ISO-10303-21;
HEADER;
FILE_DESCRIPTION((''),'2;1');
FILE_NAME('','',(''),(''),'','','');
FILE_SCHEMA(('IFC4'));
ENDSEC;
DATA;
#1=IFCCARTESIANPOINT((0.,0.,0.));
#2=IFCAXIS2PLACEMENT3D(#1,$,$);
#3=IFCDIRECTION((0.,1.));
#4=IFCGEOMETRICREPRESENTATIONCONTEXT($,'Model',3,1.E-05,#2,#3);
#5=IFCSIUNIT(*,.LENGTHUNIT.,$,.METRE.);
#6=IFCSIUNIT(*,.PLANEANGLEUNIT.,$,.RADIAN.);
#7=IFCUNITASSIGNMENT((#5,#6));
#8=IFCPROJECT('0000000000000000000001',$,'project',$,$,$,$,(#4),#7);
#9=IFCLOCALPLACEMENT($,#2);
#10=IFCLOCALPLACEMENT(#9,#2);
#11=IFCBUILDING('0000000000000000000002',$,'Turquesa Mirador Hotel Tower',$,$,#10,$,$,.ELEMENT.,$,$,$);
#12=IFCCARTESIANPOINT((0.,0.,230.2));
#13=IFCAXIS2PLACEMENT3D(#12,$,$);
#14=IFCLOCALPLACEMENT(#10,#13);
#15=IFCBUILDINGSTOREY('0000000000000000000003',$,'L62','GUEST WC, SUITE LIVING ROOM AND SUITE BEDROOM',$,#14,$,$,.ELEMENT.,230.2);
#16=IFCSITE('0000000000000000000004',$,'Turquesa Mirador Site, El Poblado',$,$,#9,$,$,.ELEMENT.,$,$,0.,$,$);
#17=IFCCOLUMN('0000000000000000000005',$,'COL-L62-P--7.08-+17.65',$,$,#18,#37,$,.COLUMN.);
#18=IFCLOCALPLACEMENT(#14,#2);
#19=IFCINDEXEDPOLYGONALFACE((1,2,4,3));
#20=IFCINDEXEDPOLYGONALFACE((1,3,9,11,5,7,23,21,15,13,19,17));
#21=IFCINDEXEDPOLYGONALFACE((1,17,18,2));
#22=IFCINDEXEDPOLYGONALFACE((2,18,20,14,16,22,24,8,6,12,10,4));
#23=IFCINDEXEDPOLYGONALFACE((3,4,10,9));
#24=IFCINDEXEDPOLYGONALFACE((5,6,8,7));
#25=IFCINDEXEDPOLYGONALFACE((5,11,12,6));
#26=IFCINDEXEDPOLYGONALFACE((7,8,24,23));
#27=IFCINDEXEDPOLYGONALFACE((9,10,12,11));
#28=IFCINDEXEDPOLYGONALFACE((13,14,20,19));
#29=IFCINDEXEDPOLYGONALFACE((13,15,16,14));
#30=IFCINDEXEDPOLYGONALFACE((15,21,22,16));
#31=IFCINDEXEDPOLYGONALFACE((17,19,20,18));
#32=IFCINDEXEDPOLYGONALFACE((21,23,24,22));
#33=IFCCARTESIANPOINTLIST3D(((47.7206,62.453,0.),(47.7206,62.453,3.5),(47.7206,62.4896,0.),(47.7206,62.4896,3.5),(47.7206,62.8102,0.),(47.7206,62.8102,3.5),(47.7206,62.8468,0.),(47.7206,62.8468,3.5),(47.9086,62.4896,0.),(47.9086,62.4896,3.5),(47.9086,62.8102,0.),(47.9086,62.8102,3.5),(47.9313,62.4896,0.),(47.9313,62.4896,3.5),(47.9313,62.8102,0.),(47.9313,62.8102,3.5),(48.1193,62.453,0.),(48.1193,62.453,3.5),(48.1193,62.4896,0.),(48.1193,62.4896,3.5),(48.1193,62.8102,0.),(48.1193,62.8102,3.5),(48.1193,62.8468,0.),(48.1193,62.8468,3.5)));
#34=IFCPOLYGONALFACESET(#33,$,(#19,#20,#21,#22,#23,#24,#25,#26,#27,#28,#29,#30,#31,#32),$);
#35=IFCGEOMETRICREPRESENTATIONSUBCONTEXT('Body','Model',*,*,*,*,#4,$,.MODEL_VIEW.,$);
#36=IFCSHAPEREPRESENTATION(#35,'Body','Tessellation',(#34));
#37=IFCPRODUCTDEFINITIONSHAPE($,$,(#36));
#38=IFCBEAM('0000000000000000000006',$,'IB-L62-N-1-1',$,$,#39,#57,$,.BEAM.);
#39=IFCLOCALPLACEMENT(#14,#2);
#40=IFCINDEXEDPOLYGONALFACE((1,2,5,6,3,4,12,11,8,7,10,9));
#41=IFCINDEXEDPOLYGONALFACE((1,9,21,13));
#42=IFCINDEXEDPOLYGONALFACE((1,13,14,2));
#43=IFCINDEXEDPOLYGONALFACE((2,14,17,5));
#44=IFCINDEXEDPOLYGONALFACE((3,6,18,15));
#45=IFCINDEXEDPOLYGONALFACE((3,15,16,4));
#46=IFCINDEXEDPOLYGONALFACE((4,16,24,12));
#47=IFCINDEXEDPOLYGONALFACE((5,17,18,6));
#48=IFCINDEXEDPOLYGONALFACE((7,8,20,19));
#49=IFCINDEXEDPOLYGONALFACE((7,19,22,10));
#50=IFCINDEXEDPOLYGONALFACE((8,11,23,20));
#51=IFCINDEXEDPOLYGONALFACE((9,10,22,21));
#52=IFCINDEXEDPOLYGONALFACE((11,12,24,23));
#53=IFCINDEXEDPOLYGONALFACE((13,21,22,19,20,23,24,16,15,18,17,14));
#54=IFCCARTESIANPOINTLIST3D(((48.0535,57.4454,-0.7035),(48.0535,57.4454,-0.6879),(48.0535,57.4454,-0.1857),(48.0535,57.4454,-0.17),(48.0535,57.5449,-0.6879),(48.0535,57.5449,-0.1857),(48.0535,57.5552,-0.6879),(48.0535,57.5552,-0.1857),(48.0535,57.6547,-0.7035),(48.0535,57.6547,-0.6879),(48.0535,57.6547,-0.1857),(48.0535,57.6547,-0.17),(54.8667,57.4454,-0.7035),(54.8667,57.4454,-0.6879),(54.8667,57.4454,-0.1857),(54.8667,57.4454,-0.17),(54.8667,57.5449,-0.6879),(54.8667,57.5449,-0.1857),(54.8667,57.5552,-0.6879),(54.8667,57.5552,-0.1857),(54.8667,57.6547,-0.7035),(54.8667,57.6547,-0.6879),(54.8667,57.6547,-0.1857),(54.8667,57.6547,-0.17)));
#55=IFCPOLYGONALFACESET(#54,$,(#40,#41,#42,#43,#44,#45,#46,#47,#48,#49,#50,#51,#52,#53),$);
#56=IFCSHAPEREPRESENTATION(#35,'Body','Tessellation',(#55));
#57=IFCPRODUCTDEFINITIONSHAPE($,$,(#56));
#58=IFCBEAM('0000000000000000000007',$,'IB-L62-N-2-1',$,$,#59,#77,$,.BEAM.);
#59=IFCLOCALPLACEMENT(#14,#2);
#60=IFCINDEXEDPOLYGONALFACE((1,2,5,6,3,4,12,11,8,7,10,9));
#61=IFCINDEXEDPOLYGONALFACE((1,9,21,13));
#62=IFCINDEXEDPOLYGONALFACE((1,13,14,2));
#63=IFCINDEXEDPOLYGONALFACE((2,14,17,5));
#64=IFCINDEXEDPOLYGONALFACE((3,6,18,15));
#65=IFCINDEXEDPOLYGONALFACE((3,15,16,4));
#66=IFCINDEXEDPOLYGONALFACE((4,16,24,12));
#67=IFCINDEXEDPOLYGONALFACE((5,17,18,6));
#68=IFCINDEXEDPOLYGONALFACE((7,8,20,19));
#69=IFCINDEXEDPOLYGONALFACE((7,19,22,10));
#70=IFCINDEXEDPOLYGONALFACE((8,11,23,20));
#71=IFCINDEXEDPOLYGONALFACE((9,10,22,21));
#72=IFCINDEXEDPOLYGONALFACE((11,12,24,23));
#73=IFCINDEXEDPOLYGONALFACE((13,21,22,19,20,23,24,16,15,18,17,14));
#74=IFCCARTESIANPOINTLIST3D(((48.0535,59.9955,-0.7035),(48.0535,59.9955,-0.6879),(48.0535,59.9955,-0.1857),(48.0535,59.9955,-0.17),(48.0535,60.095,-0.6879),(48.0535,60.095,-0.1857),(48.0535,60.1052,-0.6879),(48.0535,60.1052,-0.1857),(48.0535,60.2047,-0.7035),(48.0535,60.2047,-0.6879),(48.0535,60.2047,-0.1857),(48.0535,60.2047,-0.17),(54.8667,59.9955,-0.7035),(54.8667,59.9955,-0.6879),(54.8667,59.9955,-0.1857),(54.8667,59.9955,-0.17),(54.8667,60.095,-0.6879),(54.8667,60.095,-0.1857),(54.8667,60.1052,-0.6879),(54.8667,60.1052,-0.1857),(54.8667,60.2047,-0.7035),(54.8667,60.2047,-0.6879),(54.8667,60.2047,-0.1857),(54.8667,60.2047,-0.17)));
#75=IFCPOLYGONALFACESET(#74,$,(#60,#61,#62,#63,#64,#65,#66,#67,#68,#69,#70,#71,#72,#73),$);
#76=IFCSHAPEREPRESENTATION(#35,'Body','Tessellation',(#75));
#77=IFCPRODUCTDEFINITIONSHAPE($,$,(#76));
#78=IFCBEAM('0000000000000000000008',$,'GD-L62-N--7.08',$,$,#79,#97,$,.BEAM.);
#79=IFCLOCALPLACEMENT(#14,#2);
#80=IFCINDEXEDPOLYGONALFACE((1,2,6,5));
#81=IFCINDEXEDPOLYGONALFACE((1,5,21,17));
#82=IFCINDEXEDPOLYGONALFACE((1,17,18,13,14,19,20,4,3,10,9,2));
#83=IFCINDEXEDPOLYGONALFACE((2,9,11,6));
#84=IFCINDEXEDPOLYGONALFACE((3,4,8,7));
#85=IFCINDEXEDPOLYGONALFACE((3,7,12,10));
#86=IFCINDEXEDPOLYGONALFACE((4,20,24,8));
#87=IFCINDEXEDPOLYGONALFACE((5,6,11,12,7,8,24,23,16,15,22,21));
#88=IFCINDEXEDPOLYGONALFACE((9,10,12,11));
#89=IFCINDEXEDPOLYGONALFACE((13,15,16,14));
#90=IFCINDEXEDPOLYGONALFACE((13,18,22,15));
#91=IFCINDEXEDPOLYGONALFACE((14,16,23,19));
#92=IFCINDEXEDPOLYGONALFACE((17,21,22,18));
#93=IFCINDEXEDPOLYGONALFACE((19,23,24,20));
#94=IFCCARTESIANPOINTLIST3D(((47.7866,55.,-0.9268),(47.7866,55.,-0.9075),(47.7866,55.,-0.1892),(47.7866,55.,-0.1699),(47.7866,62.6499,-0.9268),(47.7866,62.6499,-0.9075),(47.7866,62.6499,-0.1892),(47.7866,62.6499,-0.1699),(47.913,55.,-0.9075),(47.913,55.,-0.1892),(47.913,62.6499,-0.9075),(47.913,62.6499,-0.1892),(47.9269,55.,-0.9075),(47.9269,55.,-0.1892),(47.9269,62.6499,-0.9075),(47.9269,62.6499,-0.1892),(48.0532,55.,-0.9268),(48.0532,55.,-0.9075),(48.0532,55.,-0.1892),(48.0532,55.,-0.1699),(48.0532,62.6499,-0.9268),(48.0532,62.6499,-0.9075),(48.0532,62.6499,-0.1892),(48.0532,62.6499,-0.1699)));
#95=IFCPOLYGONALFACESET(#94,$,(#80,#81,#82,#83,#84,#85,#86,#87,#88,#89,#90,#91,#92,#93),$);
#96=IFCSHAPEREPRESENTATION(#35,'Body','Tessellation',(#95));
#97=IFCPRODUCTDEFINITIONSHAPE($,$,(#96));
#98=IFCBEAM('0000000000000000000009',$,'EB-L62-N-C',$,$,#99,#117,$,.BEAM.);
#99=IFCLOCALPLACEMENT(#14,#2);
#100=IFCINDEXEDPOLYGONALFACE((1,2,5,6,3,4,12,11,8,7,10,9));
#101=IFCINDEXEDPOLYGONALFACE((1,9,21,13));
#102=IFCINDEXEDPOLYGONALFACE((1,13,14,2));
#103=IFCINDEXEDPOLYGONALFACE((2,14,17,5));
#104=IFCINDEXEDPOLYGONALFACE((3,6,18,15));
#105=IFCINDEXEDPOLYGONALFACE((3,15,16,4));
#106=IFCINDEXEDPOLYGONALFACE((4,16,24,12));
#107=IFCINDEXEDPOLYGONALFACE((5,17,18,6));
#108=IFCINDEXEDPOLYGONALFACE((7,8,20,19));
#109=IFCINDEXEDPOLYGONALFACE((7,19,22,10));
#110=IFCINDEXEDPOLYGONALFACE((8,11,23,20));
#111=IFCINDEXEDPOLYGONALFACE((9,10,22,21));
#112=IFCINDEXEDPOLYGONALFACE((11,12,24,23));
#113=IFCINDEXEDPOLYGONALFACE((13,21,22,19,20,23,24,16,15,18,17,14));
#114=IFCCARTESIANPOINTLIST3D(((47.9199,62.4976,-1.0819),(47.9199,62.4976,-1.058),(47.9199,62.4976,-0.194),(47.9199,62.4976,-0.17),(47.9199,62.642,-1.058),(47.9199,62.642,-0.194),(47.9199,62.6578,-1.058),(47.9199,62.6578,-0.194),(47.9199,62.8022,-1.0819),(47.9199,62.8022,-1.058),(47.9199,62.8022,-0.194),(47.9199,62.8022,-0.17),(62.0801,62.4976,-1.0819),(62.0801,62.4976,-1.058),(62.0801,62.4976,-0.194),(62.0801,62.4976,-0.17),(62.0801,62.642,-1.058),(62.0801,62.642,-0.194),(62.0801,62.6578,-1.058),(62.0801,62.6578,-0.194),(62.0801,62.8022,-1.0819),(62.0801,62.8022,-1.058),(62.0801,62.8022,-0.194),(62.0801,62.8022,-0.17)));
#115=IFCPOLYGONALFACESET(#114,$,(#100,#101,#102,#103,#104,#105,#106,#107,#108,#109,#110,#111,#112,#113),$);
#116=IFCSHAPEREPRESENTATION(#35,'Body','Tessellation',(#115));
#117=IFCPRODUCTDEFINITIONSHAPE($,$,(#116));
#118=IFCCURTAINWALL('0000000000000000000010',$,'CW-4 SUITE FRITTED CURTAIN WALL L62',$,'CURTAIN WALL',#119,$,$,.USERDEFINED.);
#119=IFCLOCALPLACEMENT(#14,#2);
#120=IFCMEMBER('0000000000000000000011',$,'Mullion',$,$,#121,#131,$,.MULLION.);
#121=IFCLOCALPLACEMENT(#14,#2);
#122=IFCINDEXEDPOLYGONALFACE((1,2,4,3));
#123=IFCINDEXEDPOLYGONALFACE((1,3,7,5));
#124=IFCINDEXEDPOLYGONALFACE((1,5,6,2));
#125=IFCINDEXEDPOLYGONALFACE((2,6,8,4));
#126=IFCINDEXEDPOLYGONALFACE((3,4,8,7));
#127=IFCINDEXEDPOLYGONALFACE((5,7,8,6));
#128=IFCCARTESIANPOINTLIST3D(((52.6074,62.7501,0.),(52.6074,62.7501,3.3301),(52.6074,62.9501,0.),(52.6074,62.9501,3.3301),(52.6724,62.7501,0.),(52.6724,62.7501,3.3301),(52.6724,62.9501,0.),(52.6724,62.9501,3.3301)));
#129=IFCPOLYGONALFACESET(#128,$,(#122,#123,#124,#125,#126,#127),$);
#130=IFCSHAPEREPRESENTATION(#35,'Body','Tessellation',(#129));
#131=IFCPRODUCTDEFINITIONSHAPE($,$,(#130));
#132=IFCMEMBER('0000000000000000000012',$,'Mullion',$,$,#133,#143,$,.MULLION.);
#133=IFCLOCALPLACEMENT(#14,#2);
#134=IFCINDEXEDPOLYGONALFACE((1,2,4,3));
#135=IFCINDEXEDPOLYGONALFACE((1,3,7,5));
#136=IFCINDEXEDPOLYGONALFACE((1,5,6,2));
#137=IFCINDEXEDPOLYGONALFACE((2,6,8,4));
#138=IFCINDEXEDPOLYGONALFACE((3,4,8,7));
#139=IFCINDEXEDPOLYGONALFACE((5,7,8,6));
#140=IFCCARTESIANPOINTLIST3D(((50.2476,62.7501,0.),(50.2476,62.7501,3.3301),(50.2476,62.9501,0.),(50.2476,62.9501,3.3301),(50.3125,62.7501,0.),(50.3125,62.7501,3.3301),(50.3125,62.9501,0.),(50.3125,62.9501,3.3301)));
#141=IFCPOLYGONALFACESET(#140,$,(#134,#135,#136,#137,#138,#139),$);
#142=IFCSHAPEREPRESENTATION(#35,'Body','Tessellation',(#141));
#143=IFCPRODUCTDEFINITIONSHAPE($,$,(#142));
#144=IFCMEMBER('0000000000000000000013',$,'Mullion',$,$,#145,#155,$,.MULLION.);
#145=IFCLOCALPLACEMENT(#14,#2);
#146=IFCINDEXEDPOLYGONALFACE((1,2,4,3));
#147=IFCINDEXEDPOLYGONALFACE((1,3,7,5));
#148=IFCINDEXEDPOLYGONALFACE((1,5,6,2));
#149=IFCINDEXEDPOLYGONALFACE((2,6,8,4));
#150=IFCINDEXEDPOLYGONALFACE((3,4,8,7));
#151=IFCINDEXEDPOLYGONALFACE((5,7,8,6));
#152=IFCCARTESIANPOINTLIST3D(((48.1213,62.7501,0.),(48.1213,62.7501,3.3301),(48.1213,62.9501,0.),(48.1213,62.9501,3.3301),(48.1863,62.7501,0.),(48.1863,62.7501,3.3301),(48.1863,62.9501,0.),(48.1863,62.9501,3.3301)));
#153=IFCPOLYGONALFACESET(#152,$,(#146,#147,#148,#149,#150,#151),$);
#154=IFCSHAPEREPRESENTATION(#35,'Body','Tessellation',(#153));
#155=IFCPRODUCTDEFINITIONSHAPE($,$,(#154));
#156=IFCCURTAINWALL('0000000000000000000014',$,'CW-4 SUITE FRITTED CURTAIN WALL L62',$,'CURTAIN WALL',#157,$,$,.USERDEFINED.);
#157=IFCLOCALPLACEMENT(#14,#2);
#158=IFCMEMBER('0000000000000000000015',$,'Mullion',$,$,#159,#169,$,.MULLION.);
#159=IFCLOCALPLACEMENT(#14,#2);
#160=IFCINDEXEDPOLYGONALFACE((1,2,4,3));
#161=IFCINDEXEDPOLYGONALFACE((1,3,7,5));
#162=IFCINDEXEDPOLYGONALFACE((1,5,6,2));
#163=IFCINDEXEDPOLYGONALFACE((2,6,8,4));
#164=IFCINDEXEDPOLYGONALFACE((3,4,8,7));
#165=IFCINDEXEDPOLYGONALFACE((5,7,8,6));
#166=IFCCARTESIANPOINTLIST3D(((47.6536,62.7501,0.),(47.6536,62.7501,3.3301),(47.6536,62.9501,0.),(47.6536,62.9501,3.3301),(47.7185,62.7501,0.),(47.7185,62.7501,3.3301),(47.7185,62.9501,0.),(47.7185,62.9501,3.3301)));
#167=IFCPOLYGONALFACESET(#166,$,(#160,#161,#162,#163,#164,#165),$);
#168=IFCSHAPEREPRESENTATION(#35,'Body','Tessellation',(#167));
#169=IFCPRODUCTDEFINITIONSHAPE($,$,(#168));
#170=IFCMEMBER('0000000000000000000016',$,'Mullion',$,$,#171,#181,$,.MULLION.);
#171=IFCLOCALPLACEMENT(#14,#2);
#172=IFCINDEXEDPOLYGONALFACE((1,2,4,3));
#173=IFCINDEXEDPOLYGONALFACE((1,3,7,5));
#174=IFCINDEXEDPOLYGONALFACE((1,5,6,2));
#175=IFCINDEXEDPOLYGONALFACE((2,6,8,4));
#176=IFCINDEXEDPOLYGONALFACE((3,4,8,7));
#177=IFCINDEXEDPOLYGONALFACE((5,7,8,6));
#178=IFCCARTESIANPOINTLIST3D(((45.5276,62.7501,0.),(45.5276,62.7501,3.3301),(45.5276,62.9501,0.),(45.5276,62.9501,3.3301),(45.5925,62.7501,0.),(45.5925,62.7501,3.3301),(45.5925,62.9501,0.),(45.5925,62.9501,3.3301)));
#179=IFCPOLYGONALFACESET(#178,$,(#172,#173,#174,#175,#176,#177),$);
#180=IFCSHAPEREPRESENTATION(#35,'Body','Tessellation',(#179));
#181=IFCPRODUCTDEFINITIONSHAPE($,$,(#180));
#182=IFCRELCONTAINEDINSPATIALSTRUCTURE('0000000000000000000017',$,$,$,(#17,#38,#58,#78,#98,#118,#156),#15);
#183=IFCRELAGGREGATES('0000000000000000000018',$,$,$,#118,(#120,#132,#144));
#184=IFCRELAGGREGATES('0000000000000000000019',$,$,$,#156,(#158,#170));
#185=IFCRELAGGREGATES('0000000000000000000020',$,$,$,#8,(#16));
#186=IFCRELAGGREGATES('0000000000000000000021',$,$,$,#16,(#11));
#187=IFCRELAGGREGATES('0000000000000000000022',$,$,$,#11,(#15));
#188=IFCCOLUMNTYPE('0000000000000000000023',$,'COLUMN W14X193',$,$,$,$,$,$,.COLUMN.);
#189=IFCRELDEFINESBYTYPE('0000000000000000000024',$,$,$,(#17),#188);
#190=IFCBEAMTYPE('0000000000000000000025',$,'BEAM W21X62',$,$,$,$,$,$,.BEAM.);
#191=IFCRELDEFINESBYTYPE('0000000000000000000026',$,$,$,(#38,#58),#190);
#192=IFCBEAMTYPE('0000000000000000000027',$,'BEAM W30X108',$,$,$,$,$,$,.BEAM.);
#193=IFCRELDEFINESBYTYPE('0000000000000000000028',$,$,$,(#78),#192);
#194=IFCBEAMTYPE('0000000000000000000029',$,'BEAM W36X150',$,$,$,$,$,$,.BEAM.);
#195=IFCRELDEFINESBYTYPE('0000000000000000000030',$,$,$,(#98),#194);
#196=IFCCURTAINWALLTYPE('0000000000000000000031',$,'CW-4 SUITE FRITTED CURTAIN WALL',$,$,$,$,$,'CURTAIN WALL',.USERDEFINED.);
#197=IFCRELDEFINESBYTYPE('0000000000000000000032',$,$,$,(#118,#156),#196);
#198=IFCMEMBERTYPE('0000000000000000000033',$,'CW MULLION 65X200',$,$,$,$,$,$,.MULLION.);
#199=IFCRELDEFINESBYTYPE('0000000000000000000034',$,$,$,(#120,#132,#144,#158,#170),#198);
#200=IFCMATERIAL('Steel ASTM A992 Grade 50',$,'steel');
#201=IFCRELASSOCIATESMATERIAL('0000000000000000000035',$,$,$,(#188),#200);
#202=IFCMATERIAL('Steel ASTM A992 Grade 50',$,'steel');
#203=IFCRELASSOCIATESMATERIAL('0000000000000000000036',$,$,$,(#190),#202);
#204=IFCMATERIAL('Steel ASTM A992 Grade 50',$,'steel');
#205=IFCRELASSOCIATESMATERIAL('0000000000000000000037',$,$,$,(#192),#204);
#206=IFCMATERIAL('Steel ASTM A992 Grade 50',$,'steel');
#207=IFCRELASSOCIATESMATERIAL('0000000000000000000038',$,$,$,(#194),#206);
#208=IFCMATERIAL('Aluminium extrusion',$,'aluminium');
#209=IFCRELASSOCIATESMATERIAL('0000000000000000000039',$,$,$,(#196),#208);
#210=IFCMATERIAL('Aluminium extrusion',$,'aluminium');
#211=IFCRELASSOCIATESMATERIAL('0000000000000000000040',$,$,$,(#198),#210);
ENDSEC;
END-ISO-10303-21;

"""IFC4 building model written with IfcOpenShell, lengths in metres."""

from ifc_helpers import new_model, si_unit, direction, frame, origin, origin_2d, place, context, subcontext, project, spatial, rectangle, i_section, extrude, material, material_profile, profile_set, type_object, element, aggregate, save


model = new_model("IFC4")

# Units and contexts
model_context = context("Model", 3, precision=1e-05, world=origin(), true_north=direction((0.0, 1.0)))
body_context = subcontext(model_context, "Body", "Model", "MODEL_VIEW")
ifc_project = project(units=[si_unit("LENGTHUNIT", "METRE"), si_unit("PLANEANGLEUNIT", "RADIAN")], contexts=[model_context])

# Site, building, storey
site_placement = place(None, origin())
site = spatial("IfcSite", under=ifc_project, at=site_placement, Name="Turquesa Mirador Site, El Poblado", CompositionType="ELEMENT", RefElevation=0.0)
building_placement = place(site_placement, origin())
building = spatial("IfcBuilding", under=site, at=building_placement, Name="Turquesa Mirador Hotel Tower", CompositionType="ELEMENT")
storey_placement = place(building_placement, frame((0.0, 0.0, 230.2)))
storey = spatial("IfcBuildingStorey", under=building, at=storey_placement, Name="L62", Description="GUEST WC, SUITE LIVING ROOM AND SUITE BEDROOM", CompositionType="ELEMENT", Elevation=230.2)

# Column
ifc_material_1 = material(Name="Steel ASTM A992 Grade 50", Category="steel")
ifc_material_profile_1 = material_profile(ifc_material_1, i_section(OverallWidth=0.3987, OverallDepth=0.3938, WebThickness=0.0227, FlangeThickness=0.0366, at=origin_2d()), Name="W14X193")
ifc_profile_set_1 = profile_set([ifc_material_profile_1], Name="Steel ASTM A992 Grade 50")
column_type = type_object("IfcColumnType", Name="COLUMN W14X193", PredefinedType="COLUMN", material=ifc_profile_set_1)
column_placement = place(storey_placement, frame((47.9199, 62.6499, 0.0), z_axis=(0.0, 0.0, 1.0), x_axis=(1.0, 0.0, 0.0)))
element("IfcColumn", 1, at=column_placement, inside=storey, type_object=column_type, Name="COL-L62-P--7.08-+17.65", PredefinedType="COLUMN", context=body_context, shape_type="SweptSolid", body=[
    extrude(i_section(OverallWidth=0.3987, OverallDepth=0.3938, WebThickness=0.0227, FlangeThickness=0.0366, at=origin_2d()), origin(), (0.0, 0.0, 1.0), 3.5),
])

# Beams
ifc_material_2 = material(Name="Steel ASTM A992 Grade 50", Category="steel")
ifc_material_profile_2 = material_profile(ifc_material_2, i_section(OverallWidth=0.2092, OverallDepth=0.5334, WebThickness=0.0103, FlangeThickness=0.0156, at=origin_2d()), Name="W21X62")
ifc_profile_set_2 = profile_set([ifc_material_profile_2], Name="Steel ASTM A992 Grade 50")
beam_type_1 = type_object("IfcBeamType", Name="BEAM W21X62", PredefinedType="BEAM", material=ifc_profile_set_2)
for number, where, z_axis, x_axis, name in (
    (2, (48.0535, 57.55, -0.4368), (1.0, 0.0, 0.0), (0.0, 1.0, 0.0), "IB-L62-N-1-1"),
    (3, (48.0535, 60.1001, -0.4368), (1.0, 0.0, 0.0), (0.0, 1.0, 0.0), "IB-L62-N-2-1"),
):
    element("IfcBeam", number, at=place(storey_placement, frame(where, z_axis=z_axis, x_axis=x_axis)), inside=storey, type_object=beam_type_1, Name=name, PredefinedType="BEAM", context=body_context, shape_type="SweptSolid", body=[
        extrude(i_section(OverallWidth=0.2092, OverallDepth=0.5334, WebThickness=0.0103, FlangeThickness=0.0156, at=origin_2d()), origin(), (0.0, 0.0, 1.0), 6.8132),
    ])
ifc_material_3 = material(Name="Steel ASTM A992 Grade 50", Category="steel")
ifc_material_profile_3 = material_profile(ifc_material_3, i_section(OverallWidth=0.2666, OverallDepth=0.7568, WebThickness=0.0139, FlangeThickness=0.0193, at=origin_2d()), Name="W30X108")
ifc_profile_set_3 = profile_set([ifc_material_profile_3], Name="Steel ASTM A992 Grade 50")
beam_type_2 = type_object("IfcBeamType", Name="BEAM W30X108", PredefinedType="BEAM", material=ifc_profile_set_3)
beam_1_placement = place(storey_placement, frame((47.9199, 62.6499, -0.5483), z_axis=(0.0, -1.0, 0.0), x_axis=(1.0, 0.0, 0.0)))
element("IfcBeam", 4, at=beam_1_placement, inside=storey, type_object=beam_type_2, Name="GD-L62-N--7.08", PredefinedType="BEAM", context=body_context, shape_type="SweptSolid", body=[
    extrude(i_section(OverallWidth=0.2666, OverallDepth=0.7568, WebThickness=0.0139, FlangeThickness=0.0193, at=origin_2d()), origin(), (0.0, 0.0, 1.0), 7.6499),
])
ifc_material_4 = material(Name="Steel ASTM A992 Grade 50", Category="steel")
ifc_material_profile_4 = material_profile(ifc_material_4, i_section(OverallWidth=0.3047, OverallDepth=0.9119, WebThickness=0.0159, FlangeThickness=0.0239, at=origin_2d()), Name="W36X150")
ifc_profile_set_4 = profile_set([ifc_material_profile_4], Name="Steel ASTM A992 Grade 50")
beam_type_3 = type_object("IfcBeamType", Name="BEAM W36X150", PredefinedType="BEAM", material=ifc_profile_set_4)
beam_2_placement = place(storey_placement, frame((47.9199, 62.6499, -0.626), z_axis=(1.0, 0.0, 0.0), x_axis=(0.0, 1.0, 0.0)))
element("IfcBeam", 5, at=beam_2_placement, inside=storey, type_object=beam_type_3, Name="EB-L62-N-C", PredefinedType="BEAM", context=body_context, shape_type="SweptSolid", body=[
    extrude(i_section(OverallWidth=0.3047, OverallDepth=0.9119, WebThickness=0.0159, FlangeThickness=0.0239, at=origin_2d()), origin(), (0.0, 0.0, 1.0), 14.1602),
])

# Curtain walls, members
ifc_material_5 = material(Name="Aluminium extrusion", Category="aluminium")
curtain_wall_type = type_object("IfcCurtainWallType", Name="CW-4 SUITE FRITTED CURTAIN WALL", ElementType="CURTAIN WALL", PredefinedType="USERDEFINED", material=ifc_material_5)
curtain_wall_1_placement = place(storey_placement, origin())
curtain_wall_1 = element("IfcCurtainWall", 6, at=curtain_wall_1_placement, inside=storey, type_object=curtain_wall_type, Name="CW-4 SUITE FRITTED CURTAIN WALL L62", ObjectType="CURTAIN WALL", PredefinedType="USERDEFINED")
ifc_material_6 = material(Name="Aluminium extrusion", Category="aluminium")
ifc_material_profile_5 = material_profile(ifc_material_6, rectangle(XDim=0.0649, YDim=0.2, at=origin_2d()), Name="MULLION 65X200")
ifc_profile_set_5 = profile_set([ifc_material_profile_5], Name="Aluminium extrusion")
member_type_1 = type_object("IfcMemberType", Name="CW MULLION 65X200", PredefinedType="MULLION", material=ifc_profile_set_5)
member_1_placement = place(storey_placement, frame((52.6399, 62.8501, 0.0), z_axis=(0.0, 0.0, 1.0), x_axis=(-1.0, 0.0, 0.0)))
member_1 = element("IfcMember", 7, at=member_1_placement, type_object=member_type_1, Name="Mullion", PredefinedType="MULLION", context=body_context, shape_type="SweptSolid", body=[
    extrude(rectangle(XDim=0.0649, YDim=0.2, at=origin_2d()), origin(), (0.0, 0.0, 1.0), 3.3301),
])
member_2_placement = place(storey_placement, frame((50.28, 62.8501, 0.0), z_axis=(0.0, 0.0, 1.0), x_axis=(-1.0, 0.0, 0.0)))
member_2 = element("IfcMember", 8, at=member_2_placement, type_object=member_type_1, Name="Mullion", PredefinedType="MULLION", context=body_context, shape_type="SweptSolid", body=[
    extrude(rectangle(XDim=0.0649, YDim=0.2, at=origin_2d()), origin(), (0.0, 0.0, 1.0), 3.3301),
])
member_3_placement = place(storey_placement, frame((48.1538, 62.8501, 0.0), z_axis=(0.0, 0.0, 1.0), x_axis=(-1.0, 0.0, 0.0)))
member_3 = element("IfcMember", 9, at=member_3_placement, type_object=member_type_1, Name="Mullion", PredefinedType="MULLION", context=body_context, shape_type="SweptSolid", body=[
    extrude(rectangle(XDim=0.0649, YDim=0.2, at=origin_2d()), origin(), (0.0, 0.0, 1.0), 3.3301),
])
curtain_wall_2_placement = place(storey_placement, origin())
curtain_wall_2 = element("IfcCurtainWall", 10, at=curtain_wall_2_placement, inside=storey, type_object=curtain_wall_type, Name="CW-4 SUITE FRITTED CURTAIN WALL L62", ObjectType="CURTAIN WALL", PredefinedType="USERDEFINED")
member_4_placement = place(storey_placement, frame((47.686, 62.8501, 0.0), z_axis=(0.0, 0.0, 1.0), x_axis=(-1.0, 0.0, 0.0)))
member_4 = element("IfcMember", 11, at=member_4_placement, type_object=member_type_1, Name="Mullion", PredefinedType="MULLION", context=body_context, shape_type="SweptSolid", body=[
    extrude(rectangle(XDim=0.0649, YDim=0.2, at=origin_2d()), origin(), (0.0, 0.0, 1.0), 3.3301),
])
member_5_placement = place(storey_placement, frame((45.5601, 62.8501, 0.0), z_axis=(0.0, 0.0, 1.0), x_axis=(-1.0, 0.0, 0.0)))
member_5 = element("IfcMember", 12, at=member_5_placement, type_object=member_type_1, Name="Mullion", PredefinedType="MULLION", context=body_context, shape_type="SweptSolid", body=[
    extrude(rectangle(XDim=0.0649, YDim=0.2, at=origin_2d()), origin(), (0.0, 0.0, 1.0), 3.3301),
])

aggregate(curtain_wall_1, [member_1, member_2, member_3])
aggregate(curtain_wall_2, [member_4, member_5])

save(model, "model.ifc")
